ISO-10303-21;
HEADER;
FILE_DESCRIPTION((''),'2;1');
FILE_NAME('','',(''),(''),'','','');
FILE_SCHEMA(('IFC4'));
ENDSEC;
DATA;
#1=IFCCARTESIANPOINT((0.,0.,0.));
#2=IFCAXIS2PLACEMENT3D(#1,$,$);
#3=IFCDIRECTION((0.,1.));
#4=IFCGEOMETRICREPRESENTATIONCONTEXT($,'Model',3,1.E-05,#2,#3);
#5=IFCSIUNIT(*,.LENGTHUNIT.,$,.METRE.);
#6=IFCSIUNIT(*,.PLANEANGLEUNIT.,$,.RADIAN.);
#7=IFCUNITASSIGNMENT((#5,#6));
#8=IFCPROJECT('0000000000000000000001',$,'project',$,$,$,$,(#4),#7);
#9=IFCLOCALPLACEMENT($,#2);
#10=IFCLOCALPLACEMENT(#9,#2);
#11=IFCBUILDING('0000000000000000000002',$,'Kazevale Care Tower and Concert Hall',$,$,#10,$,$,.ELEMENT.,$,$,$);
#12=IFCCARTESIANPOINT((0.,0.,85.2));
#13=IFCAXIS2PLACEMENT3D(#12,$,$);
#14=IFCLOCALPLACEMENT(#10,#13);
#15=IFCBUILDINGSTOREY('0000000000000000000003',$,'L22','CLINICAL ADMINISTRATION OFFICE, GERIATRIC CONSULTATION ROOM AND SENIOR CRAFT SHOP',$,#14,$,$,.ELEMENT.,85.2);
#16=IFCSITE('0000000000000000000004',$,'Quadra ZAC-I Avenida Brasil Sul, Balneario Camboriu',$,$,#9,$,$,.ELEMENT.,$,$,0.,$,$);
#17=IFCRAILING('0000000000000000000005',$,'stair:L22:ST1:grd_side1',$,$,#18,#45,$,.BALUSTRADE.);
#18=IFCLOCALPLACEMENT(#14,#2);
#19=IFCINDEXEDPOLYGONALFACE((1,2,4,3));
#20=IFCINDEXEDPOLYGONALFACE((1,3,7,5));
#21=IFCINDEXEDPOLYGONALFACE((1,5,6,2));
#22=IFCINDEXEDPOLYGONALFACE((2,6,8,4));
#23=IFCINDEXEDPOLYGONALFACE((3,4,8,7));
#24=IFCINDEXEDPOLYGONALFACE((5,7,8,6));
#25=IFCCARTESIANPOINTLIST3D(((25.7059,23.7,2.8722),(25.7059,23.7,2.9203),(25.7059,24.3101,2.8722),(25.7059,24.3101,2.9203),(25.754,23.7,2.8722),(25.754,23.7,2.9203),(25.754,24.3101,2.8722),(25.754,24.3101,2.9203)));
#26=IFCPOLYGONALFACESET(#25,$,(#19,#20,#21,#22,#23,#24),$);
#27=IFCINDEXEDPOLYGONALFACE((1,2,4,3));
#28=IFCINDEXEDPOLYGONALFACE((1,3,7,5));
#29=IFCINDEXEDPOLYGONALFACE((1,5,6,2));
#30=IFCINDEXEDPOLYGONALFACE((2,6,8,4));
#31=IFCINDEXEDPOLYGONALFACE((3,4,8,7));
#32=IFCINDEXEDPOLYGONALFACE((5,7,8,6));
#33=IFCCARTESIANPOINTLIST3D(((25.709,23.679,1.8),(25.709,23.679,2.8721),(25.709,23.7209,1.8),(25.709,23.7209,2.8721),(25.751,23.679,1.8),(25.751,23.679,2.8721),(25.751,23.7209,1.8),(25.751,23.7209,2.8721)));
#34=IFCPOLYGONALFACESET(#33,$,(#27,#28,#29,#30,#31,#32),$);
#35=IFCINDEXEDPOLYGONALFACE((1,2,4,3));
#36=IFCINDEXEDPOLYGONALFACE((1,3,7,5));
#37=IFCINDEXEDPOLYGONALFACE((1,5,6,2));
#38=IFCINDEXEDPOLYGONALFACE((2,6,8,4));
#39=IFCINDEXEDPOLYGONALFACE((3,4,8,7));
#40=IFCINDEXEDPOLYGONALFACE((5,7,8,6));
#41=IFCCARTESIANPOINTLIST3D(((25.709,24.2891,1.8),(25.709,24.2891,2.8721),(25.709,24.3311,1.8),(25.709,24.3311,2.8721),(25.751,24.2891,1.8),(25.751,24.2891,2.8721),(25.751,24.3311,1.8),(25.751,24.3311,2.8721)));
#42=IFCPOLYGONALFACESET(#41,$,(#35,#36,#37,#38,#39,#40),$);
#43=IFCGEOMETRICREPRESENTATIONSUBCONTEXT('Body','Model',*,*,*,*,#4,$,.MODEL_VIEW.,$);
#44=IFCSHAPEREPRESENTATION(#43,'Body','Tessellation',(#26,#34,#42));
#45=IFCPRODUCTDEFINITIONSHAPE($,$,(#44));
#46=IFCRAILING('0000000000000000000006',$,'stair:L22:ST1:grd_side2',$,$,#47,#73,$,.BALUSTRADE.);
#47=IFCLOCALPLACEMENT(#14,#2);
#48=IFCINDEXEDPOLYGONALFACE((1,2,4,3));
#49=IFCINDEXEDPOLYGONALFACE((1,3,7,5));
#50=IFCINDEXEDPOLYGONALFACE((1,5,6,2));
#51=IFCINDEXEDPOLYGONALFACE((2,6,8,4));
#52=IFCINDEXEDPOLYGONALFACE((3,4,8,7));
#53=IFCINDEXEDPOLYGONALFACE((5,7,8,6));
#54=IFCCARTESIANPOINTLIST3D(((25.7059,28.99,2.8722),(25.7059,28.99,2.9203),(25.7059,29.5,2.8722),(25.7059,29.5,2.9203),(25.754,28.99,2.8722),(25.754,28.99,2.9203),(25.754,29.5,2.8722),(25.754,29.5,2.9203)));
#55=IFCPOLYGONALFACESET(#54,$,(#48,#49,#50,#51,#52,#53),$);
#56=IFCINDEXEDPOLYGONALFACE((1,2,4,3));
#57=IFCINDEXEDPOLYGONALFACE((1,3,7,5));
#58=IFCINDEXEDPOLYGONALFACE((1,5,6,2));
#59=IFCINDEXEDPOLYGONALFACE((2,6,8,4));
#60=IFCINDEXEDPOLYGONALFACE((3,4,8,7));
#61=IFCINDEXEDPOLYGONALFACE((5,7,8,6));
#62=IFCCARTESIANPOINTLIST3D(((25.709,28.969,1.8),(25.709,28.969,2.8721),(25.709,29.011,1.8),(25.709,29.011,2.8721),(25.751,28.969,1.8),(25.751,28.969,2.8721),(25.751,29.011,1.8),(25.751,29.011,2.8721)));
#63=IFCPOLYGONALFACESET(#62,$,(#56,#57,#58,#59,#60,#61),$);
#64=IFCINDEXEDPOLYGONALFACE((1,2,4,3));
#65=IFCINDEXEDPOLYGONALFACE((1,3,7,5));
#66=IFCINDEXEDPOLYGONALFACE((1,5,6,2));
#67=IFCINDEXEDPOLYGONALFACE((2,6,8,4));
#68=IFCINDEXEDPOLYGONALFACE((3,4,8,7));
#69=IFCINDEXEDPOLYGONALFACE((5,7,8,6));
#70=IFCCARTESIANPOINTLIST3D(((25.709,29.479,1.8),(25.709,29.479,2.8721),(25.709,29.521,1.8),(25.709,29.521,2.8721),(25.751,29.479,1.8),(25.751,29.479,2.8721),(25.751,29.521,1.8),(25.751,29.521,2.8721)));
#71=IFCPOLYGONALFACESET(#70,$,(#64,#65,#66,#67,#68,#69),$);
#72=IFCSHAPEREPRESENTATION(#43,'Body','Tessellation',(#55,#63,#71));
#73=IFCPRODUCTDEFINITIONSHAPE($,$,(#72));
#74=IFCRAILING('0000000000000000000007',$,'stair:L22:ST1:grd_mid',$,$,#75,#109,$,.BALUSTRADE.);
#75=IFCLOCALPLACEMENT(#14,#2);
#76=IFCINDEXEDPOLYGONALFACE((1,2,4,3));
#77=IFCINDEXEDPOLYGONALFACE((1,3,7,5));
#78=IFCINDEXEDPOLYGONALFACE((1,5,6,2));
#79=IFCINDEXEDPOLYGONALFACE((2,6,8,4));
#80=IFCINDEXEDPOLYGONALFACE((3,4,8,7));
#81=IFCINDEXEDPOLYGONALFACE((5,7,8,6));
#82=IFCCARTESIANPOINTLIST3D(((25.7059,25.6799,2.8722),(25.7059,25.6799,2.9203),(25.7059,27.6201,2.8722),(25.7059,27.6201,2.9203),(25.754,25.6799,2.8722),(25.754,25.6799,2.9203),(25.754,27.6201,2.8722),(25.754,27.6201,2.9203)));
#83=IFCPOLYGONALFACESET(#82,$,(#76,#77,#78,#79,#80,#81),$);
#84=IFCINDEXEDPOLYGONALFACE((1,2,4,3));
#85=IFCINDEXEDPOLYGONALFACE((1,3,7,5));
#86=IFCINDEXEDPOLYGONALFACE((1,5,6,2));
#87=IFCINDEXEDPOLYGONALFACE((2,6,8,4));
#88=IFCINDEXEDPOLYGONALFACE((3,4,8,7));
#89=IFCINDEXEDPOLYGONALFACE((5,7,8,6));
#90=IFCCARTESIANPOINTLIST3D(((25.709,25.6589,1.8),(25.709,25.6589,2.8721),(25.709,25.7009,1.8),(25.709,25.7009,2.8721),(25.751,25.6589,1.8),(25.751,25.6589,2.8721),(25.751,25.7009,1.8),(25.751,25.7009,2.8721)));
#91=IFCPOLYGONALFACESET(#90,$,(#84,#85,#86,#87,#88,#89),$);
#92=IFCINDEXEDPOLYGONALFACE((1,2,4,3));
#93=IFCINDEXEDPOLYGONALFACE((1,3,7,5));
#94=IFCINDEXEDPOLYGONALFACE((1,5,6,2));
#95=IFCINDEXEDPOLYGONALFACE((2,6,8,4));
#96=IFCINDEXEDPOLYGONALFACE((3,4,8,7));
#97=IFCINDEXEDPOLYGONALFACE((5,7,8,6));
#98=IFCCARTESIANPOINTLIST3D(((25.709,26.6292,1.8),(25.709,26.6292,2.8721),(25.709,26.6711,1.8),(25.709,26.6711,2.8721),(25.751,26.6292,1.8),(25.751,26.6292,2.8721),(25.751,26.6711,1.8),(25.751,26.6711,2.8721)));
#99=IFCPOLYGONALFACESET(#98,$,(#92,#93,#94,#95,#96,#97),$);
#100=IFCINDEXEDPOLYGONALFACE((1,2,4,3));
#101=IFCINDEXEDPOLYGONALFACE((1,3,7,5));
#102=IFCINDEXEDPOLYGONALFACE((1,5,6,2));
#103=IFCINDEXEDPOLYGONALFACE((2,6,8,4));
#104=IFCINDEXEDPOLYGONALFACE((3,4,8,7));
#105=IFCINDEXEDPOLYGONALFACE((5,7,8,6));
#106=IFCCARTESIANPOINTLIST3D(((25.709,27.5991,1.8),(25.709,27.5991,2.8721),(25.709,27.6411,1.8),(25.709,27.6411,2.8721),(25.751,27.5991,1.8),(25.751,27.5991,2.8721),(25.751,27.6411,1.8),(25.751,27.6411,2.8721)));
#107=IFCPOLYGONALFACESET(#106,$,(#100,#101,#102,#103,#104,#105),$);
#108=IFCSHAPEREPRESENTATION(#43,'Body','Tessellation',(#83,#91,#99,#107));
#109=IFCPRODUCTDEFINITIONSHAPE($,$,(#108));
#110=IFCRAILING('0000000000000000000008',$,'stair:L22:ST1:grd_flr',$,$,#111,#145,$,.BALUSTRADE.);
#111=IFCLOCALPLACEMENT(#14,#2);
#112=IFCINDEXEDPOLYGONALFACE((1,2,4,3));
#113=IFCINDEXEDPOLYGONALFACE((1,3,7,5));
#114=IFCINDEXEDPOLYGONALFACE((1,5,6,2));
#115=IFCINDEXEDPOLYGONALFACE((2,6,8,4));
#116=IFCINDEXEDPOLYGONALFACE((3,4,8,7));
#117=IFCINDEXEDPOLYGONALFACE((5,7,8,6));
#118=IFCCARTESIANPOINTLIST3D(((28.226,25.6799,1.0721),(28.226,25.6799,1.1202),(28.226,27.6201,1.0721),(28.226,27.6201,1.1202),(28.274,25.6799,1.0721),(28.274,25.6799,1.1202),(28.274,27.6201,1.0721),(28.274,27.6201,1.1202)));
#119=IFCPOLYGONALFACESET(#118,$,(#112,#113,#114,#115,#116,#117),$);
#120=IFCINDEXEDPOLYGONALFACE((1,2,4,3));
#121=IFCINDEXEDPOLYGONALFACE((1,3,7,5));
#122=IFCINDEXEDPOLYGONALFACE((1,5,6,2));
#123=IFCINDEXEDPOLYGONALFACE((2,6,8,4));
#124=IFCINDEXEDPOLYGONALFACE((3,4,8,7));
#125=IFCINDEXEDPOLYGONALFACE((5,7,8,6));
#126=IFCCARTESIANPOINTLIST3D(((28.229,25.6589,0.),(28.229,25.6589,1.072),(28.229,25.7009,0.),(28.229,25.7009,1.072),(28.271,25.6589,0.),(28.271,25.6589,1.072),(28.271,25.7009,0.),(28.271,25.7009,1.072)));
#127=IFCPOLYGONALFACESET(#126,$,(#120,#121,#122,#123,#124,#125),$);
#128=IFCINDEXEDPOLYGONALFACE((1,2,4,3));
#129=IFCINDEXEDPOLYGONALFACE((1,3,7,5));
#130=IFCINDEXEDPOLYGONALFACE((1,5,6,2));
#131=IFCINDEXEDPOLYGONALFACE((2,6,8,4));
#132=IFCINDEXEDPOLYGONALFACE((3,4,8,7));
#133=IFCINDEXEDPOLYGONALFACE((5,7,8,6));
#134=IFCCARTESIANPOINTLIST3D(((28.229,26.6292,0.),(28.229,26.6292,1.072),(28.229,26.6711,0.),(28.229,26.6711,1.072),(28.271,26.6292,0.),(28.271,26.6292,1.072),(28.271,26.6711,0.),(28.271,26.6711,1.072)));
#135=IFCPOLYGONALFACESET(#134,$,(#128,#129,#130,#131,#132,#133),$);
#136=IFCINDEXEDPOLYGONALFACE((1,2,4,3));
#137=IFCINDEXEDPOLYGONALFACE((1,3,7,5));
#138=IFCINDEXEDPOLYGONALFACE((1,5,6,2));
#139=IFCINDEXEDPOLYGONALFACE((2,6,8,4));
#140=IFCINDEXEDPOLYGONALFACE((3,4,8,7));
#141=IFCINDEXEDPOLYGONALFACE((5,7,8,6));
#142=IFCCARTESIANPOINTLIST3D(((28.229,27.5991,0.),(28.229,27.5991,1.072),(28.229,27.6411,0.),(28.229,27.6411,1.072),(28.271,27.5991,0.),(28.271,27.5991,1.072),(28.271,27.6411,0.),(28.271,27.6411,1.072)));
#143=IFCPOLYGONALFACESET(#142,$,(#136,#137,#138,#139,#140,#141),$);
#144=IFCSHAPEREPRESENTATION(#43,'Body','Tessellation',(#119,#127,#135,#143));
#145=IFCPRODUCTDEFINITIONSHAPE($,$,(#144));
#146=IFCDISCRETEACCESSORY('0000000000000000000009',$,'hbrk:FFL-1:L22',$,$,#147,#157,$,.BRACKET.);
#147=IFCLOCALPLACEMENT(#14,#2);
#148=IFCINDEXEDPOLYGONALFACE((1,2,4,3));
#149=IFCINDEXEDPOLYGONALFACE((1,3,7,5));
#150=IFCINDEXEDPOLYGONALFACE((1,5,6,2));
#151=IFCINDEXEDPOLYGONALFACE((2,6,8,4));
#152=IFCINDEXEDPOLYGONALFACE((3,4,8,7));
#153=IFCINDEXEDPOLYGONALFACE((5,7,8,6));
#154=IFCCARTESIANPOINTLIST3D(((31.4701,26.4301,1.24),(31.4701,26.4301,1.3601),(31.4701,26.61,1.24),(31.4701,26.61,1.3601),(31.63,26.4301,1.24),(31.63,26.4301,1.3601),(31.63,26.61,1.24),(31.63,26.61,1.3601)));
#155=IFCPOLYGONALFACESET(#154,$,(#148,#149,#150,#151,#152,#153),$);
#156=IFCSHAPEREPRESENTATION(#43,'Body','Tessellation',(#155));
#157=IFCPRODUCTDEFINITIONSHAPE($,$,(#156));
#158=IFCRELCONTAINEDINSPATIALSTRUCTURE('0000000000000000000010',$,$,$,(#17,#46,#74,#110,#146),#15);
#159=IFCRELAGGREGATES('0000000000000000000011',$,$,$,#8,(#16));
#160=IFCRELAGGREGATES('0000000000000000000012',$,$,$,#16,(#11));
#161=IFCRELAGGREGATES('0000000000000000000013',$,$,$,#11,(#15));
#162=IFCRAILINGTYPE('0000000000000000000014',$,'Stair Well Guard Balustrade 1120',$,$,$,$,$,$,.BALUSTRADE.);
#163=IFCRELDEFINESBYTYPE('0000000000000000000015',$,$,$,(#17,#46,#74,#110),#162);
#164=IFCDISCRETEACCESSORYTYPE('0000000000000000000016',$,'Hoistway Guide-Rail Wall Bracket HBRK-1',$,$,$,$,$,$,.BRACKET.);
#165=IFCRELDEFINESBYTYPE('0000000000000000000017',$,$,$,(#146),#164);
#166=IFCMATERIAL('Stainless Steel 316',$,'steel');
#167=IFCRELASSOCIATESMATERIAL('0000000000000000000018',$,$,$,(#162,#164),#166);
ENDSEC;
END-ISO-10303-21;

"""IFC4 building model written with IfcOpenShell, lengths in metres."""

from ifc_helpers import new_model, si_unit, direction, frame, origin, origin_2d, place, context, subcontext, project, spatial, rectangle, extrude, material, type_object, element, save


model = new_model("IFC4")

# Units and contexts
model_context = context("Model", 3, precision=1e-05, world=origin(), true_north=direction((0.0, 1.0)))
body_context = subcontext(model_context, "Body", "Model", "MODEL_VIEW")
ifc_project = project(units=[si_unit("LENGTHUNIT", "METRE"), si_unit("PLANEANGLEUNIT", "RADIAN")], contexts=[model_context])

# Site, building, storey
site_placement = place(None, origin())
site = spatial("IfcSite", under=ifc_project, at=site_placement, Name="Quadra ZAC-I Avenida Brasil Sul, Balneario Camboriu", CompositionType="ELEMENT", RefElevation=0.0)
building_placement = place(site_placement, origin())
building = spatial("IfcBuilding", under=site, at=building_placement, Name="Kazevale Care Tower and Concert Hall", CompositionType="ELEMENT")
storey_placement = place(building_placement, frame((0.0, 0.0, 85.2)))
storey = spatial("IfcBuildingStorey", under=building, at=storey_placement, Name="L22", Description="CLINICAL ADMINISTRATION OFFICE, GERIATRIC CONSULTATION ROOM AND SENIOR CRAFT SHOP", CompositionType="ELEMENT", Elevation=85.2)

# Shared definitions
ifc_material_1 = material(Name="Stainless Steel 316", Category="steel")

# Railings
railing_type_1 = type_object("IfcRailingType", Name="Stair Well Guard Balustrade 1120", PredefinedType="BALUSTRADE", material=ifc_material_1)
railing_1_placement = place(storey_placement, frame((25.73, 23.7, 1.8)))
element("IfcRailing", 1, at=railing_1_placement, inside=storey, type_object=railing_type_1, Name="stair:L22:ST1:grd_side1", PredefinedType="BALUSTRADE", context=body_context, shape_type="SweptSolid", body=[
    extrude(rectangle(XDim=0.0481, YDim=0.0481, at=origin_2d()), frame((0.0, 0.0, 1.0962), z_axis=(0.0, 1.0, 0.0), x_axis=(-1.0, 0.0, 0.0)), (0.0, 0.0, 1.0), 0.6101),
    extrude(rectangle(XDim=0.042, YDim=0.042, at=origin_2d()), origin(), (0.0, 0.0, 1.0), 1.072),
    extrude(rectangle(XDim=0.042, YDim=0.042, at=origin_2d()), frame((0.0, 0.6101, 0.0)), (0.0, 0.0, 1.0), 1.072),
])
railing_2_placement = place(storey_placement, frame((25.73, 28.99, 1.8)))
element("IfcRailing", 2, at=railing_2_placement, inside=storey, type_object=railing_type_1, Name="stair:L22:ST1:grd_side2", PredefinedType="BALUSTRADE", context=body_context, shape_type="SweptSolid", body=[
    extrude(rectangle(XDim=0.0481, YDim=0.0481, at=origin_2d()), frame((0.0, 0.0, 1.0962), z_axis=(0.0, 1.0, 0.0), x_axis=(-1.0, 0.0, 0.0)), (0.0, 0.0, 1.0), 0.51),
    extrude(rectangle(XDim=0.042, YDim=0.042, at=origin_2d()), origin(), (0.0, 0.0, 1.0), 1.072),
    extrude(rectangle(XDim=0.042, YDim=0.042, at=origin_2d()), frame((0.0, 0.51, 0.0)), (0.0, 0.0, 1.0), 1.072),
])
for number, where, name in (
    (3, (25.73, 25.6799, 1.8), "stair:L22:ST1:grd_mid"),
    (4, (28.25, 25.6799, 0.0), "stair:L22:ST1:grd_flr"),
):
    element("IfcRailing", number, at=place(storey_placement, frame(where)), inside=storey, type_object=railing_type_1, Name=name, PredefinedType="BALUSTRADE", context=body_context, shape_type="SweptSolid", body=[
        extrude(rectangle(XDim=0.0481, YDim=0.0481, at=origin_2d()), frame((0.0, 0.0, 1.0962), z_axis=(0.0, 1.0, 0.0), x_axis=(-1.0, 0.0, 0.0)), (0.0, 0.0, 1.0), 1.9402),
        extrude(rectangle(XDim=0.042, YDim=0.042, at=origin_2d()), origin(), (0.0, 0.0, 1.0), 1.072),
        extrude(rectangle(XDim=0.042, YDim=0.042, at=origin_2d()), frame((0.0, 0.9702, 0.0)), (0.0, 0.0, 1.0), 1.072),
        extrude(rectangle(XDim=0.042, YDim=0.042, at=origin_2d()), frame((0.0, 1.9402, 0.0)), (0.0, 0.0, 1.0), 1.072),
    ])

# Discrete accessory
discrete_accessory_type = type_object("IfcDiscreteAccessoryType", Name="Hoistway Guide-Rail Wall Bracket HBRK-1", PredefinedType="BRACKET", material=ifc_material_1)
discrete_accessory_placement = place(storey_placement, frame((31.55, 26.52, 1.24), z_axis=(0.0, 0.0, 1.0), x_axis=(1.0, 0.0, 0.0)))
element("IfcDiscreteAccessory", 5, at=discrete_accessory_placement, inside=storey, type_object=discrete_accessory_type, Name="hbrk:FFL-1:L22", PredefinedType="BRACKET", context=body_context, shape_type="SweptSolid", body=[
    extrude(rectangle(XDim=0.1599, YDim=0.1799, at=origin_2d()), origin(), (0.0, 0.0, 1.0), 0.1201),
])

save(model, "model.ifc")
